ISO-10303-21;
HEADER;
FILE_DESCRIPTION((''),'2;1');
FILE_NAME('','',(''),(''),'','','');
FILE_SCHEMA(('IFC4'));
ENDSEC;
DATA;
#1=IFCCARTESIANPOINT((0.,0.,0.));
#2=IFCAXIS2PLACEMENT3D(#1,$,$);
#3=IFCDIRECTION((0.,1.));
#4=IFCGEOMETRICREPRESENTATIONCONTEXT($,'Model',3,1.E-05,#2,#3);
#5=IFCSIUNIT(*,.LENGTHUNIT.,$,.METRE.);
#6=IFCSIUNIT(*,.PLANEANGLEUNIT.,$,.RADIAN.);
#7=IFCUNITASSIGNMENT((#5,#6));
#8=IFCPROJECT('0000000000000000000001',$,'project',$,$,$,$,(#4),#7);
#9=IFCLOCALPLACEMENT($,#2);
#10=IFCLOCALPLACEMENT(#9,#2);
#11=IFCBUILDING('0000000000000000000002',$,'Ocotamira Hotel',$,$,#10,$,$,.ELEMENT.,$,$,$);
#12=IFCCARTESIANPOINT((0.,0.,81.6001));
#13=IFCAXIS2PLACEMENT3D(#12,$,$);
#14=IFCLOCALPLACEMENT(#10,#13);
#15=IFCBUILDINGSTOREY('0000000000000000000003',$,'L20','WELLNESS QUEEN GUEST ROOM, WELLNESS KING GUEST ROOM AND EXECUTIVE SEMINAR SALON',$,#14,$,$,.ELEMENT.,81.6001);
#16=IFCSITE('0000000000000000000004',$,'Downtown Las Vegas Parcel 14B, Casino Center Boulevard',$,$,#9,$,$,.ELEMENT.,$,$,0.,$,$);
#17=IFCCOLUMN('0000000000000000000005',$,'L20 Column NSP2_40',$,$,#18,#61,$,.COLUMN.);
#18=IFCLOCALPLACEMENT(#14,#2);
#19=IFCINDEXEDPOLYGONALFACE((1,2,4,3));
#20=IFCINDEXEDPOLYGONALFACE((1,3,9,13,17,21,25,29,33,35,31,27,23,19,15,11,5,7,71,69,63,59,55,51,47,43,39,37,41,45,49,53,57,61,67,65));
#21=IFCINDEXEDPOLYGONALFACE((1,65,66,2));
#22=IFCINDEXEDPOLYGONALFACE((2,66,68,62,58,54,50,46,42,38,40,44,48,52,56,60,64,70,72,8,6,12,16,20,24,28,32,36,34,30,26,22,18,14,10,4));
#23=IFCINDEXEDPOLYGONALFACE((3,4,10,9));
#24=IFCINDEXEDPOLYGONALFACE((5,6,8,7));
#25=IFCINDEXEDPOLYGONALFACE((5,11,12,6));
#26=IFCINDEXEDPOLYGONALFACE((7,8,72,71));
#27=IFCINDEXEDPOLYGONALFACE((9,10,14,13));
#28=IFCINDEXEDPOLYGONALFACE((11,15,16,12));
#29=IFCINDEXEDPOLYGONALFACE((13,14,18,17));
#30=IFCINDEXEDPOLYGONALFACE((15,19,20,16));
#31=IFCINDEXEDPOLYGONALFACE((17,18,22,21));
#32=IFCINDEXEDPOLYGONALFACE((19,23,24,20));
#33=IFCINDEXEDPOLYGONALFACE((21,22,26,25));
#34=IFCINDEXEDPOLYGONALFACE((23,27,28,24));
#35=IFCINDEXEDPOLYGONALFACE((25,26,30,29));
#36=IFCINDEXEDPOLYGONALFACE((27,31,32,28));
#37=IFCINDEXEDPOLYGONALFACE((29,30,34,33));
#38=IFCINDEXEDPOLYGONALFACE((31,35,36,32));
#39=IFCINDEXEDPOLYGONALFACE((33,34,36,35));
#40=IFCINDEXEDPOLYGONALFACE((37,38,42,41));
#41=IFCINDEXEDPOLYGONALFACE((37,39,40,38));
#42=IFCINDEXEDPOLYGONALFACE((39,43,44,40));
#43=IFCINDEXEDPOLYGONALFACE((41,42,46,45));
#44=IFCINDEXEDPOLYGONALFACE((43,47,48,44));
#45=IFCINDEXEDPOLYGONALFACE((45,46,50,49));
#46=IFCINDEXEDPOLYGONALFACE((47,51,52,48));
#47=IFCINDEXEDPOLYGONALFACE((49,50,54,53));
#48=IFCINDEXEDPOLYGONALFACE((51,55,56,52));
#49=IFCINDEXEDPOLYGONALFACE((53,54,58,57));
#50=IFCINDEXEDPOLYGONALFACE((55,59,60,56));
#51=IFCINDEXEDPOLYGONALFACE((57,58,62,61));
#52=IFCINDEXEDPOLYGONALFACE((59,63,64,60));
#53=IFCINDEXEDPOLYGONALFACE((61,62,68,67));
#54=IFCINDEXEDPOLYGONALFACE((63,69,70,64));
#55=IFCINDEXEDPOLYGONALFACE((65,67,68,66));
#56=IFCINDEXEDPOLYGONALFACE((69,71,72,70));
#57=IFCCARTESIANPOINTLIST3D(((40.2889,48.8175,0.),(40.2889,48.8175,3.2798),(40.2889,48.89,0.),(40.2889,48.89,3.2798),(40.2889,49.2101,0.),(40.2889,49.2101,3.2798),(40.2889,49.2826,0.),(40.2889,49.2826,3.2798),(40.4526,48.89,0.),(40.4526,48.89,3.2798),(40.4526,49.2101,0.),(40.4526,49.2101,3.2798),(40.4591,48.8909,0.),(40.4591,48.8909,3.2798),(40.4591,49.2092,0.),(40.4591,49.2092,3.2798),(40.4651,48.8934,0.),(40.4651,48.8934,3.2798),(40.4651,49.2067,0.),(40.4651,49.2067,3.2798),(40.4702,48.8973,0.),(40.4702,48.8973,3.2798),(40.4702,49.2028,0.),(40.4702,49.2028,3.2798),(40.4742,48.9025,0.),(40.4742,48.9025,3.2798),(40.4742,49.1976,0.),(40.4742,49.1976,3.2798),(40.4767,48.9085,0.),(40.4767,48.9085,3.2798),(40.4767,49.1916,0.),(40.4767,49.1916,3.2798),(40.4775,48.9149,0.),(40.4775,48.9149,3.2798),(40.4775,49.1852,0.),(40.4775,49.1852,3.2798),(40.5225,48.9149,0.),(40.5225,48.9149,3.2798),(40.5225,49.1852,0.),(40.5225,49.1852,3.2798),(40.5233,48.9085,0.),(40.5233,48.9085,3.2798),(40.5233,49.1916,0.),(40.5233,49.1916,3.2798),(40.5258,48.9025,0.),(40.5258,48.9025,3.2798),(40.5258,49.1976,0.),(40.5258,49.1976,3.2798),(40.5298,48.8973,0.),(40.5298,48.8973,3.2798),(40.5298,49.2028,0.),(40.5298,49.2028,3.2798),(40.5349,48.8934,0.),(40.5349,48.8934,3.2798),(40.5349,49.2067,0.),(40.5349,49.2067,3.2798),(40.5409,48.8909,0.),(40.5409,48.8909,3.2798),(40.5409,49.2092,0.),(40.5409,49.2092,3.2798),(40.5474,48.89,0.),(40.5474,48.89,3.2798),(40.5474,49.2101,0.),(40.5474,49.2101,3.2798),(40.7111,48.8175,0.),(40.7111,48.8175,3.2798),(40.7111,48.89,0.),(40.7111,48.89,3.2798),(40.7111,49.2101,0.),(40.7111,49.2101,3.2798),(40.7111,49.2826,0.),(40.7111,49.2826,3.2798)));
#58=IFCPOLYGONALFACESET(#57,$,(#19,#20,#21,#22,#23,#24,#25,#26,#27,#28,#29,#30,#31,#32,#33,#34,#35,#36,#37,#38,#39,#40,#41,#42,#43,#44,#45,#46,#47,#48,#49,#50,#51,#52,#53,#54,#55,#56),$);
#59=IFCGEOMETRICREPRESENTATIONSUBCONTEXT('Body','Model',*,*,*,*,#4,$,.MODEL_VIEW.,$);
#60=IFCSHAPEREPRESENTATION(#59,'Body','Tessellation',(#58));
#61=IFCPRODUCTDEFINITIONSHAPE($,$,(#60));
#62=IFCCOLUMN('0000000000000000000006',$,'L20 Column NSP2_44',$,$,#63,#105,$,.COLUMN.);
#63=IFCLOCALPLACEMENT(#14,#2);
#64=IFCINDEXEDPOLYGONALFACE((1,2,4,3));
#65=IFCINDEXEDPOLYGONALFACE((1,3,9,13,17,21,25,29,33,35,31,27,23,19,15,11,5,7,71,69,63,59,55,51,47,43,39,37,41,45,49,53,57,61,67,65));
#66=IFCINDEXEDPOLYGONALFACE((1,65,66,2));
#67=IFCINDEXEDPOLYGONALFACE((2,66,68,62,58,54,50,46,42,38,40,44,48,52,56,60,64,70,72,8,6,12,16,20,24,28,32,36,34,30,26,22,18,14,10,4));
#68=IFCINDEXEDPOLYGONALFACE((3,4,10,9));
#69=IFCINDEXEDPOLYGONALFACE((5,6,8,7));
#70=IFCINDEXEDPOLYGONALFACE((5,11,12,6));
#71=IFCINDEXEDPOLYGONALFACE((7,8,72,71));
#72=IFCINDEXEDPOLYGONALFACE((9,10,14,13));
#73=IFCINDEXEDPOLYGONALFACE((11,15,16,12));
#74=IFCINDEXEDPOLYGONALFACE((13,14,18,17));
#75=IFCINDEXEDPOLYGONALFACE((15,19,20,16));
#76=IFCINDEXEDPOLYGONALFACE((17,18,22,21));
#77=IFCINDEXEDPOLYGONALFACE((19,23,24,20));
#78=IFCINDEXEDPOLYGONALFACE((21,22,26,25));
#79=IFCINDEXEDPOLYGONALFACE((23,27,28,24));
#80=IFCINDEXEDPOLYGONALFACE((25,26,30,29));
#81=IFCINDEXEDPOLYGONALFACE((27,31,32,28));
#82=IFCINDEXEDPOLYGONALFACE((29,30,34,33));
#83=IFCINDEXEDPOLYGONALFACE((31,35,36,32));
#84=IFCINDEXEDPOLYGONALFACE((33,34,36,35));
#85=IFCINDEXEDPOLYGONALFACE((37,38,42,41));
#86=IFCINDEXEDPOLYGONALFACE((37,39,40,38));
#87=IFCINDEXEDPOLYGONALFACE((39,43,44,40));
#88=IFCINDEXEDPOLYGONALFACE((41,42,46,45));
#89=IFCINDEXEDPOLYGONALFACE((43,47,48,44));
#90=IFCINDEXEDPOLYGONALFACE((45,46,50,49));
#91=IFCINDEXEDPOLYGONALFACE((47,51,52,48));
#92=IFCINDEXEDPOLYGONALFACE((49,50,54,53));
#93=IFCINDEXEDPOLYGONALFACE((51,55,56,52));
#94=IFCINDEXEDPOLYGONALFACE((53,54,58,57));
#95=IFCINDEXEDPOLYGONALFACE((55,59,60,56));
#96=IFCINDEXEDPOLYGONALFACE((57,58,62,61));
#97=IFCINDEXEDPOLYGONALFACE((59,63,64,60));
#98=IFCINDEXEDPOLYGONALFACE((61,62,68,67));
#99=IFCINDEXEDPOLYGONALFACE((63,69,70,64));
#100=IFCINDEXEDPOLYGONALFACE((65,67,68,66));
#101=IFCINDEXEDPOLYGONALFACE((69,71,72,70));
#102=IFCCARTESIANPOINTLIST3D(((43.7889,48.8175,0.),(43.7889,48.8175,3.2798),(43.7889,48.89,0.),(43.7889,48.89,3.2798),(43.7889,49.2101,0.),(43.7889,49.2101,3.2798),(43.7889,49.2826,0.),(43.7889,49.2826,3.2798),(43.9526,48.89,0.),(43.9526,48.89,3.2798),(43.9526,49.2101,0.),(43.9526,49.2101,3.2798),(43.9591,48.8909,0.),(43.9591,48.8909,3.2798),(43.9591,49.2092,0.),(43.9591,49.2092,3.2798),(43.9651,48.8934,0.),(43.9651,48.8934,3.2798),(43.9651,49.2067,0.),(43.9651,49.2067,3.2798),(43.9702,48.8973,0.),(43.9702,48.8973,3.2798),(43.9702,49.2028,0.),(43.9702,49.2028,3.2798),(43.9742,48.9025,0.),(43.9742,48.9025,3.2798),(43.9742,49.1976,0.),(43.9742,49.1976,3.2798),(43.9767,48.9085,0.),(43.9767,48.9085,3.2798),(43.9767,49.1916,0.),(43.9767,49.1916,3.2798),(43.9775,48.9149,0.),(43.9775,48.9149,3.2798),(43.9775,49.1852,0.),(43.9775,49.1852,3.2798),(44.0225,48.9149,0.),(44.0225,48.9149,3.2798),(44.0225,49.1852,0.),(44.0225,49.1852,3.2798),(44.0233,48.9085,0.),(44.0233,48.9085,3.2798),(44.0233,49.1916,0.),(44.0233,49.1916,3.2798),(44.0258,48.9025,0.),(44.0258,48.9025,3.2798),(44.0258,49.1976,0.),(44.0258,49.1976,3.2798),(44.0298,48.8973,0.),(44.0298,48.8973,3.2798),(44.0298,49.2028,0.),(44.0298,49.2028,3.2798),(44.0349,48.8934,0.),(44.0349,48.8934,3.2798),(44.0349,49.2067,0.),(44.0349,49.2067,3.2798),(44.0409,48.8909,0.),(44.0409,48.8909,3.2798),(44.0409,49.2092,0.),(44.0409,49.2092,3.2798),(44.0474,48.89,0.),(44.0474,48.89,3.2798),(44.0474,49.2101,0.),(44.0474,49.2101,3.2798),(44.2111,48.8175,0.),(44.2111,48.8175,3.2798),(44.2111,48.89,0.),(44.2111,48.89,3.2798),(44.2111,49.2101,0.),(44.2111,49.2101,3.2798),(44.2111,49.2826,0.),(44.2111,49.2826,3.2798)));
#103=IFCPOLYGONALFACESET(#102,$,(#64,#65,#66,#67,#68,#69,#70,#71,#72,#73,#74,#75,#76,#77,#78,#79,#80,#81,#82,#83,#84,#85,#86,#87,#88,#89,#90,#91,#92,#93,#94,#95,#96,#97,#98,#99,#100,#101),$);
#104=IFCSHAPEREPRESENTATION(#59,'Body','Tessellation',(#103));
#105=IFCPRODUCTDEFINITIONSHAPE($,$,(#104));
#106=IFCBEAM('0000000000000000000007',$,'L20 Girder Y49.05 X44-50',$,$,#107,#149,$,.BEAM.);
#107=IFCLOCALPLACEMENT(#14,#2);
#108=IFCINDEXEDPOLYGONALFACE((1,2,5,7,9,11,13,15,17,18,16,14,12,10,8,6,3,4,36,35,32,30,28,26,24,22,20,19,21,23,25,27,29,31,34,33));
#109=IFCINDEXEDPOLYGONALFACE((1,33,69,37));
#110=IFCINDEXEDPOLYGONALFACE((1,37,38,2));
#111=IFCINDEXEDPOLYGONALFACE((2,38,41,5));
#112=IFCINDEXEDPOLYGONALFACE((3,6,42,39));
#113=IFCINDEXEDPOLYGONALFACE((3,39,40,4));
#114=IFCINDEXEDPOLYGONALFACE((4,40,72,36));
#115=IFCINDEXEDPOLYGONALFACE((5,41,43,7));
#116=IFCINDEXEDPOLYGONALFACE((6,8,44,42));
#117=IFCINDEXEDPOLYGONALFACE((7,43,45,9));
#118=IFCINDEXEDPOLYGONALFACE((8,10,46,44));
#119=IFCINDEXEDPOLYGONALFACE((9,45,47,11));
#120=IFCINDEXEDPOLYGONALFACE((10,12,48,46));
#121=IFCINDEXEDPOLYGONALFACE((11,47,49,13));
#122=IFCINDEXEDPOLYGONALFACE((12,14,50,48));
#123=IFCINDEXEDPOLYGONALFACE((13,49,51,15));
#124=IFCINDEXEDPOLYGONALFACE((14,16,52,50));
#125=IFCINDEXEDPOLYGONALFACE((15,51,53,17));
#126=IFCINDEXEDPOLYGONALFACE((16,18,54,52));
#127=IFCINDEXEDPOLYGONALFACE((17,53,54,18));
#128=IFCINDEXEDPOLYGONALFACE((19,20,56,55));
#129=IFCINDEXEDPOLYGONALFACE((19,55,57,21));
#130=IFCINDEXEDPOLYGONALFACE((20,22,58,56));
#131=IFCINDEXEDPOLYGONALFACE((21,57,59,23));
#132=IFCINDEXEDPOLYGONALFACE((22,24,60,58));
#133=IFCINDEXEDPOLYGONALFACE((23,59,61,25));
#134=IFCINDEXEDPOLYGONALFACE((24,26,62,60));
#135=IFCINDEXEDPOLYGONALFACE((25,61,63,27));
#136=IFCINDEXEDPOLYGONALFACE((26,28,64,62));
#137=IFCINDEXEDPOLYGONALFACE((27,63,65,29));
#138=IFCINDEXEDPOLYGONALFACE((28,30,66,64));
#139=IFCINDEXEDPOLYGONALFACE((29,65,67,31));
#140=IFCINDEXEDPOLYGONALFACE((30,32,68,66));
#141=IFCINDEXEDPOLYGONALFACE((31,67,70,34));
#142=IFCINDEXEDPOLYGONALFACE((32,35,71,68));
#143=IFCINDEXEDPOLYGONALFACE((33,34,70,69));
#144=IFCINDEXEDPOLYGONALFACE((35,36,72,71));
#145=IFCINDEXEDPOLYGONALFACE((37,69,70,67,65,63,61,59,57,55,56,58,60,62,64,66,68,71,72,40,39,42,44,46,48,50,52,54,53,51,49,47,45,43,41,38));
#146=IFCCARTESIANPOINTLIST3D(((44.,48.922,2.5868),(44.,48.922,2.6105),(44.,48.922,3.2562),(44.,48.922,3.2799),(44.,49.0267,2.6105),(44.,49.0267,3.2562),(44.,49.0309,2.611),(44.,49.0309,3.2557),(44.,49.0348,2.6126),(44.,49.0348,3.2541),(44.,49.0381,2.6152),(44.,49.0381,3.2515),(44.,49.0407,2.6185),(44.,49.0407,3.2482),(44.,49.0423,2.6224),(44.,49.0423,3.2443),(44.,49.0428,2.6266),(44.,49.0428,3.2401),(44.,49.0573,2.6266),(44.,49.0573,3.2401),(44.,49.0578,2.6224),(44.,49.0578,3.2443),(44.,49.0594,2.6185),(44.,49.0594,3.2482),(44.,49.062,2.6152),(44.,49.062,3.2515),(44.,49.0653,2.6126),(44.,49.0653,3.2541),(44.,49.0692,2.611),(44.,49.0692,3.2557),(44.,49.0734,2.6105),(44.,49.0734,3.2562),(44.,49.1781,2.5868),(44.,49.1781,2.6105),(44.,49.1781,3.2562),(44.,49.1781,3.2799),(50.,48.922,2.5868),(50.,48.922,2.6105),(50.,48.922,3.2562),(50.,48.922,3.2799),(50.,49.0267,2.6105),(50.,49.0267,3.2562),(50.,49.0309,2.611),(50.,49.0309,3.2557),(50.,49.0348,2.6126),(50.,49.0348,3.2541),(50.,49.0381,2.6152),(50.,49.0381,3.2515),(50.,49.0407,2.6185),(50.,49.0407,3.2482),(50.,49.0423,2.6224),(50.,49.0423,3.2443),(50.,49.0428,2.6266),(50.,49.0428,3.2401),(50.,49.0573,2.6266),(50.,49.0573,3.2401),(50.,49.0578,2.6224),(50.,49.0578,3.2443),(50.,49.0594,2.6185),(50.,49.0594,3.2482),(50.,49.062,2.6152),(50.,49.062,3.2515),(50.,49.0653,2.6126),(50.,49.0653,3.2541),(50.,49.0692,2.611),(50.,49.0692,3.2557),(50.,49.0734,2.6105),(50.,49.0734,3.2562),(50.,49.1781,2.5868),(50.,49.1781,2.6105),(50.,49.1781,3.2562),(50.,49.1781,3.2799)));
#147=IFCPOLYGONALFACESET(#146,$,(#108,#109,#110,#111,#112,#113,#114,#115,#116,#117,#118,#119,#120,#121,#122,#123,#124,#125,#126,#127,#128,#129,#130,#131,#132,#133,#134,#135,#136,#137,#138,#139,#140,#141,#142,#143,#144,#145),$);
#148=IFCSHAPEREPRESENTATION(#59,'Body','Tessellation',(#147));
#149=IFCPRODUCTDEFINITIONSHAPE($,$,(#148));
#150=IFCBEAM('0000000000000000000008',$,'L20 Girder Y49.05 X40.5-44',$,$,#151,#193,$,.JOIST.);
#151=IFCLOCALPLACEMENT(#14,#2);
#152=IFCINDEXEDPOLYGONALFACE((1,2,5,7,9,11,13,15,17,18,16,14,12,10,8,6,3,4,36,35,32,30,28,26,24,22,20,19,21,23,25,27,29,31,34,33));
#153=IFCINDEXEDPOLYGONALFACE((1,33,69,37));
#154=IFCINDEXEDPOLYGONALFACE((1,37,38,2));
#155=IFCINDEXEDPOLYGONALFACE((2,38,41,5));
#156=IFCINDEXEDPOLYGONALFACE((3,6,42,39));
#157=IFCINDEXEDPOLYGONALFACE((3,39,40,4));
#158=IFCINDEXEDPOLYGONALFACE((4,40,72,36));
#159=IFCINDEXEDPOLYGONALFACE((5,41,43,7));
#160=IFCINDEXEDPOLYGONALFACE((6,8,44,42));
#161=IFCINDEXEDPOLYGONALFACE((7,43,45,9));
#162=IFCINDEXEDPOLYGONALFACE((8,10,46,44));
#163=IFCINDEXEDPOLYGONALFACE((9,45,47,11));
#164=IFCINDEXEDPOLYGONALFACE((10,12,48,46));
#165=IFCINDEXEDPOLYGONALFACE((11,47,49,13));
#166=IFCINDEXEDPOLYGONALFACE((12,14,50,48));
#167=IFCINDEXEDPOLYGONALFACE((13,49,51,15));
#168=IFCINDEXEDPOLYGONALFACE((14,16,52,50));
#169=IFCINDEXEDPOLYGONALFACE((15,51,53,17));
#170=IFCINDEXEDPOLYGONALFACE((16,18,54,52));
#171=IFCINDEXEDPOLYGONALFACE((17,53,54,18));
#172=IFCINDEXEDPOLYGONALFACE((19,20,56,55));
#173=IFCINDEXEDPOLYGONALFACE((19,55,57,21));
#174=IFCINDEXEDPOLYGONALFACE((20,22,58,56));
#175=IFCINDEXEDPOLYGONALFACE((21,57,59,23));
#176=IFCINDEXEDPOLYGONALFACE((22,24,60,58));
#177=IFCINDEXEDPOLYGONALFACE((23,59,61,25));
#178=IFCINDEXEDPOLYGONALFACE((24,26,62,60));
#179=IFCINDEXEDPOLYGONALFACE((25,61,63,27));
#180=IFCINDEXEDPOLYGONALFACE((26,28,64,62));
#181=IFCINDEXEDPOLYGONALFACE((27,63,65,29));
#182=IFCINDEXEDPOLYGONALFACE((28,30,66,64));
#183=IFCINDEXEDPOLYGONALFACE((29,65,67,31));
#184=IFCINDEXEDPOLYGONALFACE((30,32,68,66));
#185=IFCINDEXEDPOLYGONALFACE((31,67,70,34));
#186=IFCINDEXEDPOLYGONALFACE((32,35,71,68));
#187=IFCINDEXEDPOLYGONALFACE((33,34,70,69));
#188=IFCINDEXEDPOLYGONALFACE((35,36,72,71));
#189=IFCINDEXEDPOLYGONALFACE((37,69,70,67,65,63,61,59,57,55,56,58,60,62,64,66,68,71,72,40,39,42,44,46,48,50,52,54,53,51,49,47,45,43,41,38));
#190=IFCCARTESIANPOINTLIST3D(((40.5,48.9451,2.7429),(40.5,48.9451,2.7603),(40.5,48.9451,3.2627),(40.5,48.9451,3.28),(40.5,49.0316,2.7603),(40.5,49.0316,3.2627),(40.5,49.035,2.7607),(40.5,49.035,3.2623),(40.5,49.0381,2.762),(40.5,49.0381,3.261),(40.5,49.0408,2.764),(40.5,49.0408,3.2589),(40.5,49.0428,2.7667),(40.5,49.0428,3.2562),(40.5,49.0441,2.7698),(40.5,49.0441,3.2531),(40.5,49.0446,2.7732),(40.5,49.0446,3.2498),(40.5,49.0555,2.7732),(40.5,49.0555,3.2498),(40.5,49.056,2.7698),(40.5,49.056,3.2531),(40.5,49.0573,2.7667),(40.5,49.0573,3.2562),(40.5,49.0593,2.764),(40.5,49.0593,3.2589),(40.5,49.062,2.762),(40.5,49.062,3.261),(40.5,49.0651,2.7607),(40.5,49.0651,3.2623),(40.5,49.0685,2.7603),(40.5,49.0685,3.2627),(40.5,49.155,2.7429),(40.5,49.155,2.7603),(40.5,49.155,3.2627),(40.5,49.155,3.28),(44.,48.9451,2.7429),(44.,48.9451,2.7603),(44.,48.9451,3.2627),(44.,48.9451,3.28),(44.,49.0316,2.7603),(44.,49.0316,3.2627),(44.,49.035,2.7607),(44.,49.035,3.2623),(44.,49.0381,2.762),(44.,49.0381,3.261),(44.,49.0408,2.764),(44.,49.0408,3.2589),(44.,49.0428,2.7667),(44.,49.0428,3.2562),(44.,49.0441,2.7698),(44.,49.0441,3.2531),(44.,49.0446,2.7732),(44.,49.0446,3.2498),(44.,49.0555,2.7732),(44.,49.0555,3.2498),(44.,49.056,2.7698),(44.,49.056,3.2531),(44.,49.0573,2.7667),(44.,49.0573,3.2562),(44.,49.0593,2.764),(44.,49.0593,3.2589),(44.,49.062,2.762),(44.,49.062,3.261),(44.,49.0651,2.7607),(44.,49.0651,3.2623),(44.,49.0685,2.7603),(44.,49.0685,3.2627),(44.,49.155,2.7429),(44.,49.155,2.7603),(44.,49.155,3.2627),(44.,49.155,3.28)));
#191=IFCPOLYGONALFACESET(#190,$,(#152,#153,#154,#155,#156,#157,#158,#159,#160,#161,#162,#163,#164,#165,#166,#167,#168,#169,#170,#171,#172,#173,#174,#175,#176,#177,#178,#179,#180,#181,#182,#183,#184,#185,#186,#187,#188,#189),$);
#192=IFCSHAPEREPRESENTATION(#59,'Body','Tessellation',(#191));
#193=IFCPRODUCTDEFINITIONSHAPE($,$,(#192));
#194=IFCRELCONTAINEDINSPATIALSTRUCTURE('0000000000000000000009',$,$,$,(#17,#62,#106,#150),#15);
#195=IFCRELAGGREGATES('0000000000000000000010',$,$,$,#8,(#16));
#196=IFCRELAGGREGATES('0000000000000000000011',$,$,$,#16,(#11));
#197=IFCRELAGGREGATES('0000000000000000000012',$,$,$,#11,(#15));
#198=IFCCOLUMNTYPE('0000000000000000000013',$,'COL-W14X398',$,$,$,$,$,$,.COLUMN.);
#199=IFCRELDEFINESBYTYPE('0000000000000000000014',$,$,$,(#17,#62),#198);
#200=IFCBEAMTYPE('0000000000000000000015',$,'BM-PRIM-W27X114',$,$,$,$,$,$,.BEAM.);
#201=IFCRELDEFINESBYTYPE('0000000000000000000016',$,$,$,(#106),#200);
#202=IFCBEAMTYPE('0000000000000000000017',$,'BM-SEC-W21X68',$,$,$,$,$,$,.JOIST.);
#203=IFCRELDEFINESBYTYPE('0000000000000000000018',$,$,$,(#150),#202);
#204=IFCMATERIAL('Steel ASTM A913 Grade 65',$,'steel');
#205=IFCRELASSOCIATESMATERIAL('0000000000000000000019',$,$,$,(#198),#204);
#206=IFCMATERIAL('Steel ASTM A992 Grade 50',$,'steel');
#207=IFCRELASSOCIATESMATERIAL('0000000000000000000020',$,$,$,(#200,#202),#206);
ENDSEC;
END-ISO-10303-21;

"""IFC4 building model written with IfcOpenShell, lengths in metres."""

from ifc_helpers import new_model, si_unit, direction, frame, origin, origin_2d, place, context, subcontext, project, spatial, i_section, extrude, source, transform, mapped, material, material_profile, profile_set, type_object, element, save


model = new_model("IFC4")

# Units and contexts
model_context = context("Model", 3, precision=1e-05, world=origin(), true_north=direction((0.0, 1.0)))
body_context = subcontext(model_context, "Body", "Model", "MODEL_VIEW")
ifc_project = project(units=[si_unit("LENGTHUNIT", "METRE"), si_unit("PLANEANGLEUNIT", "RADIAN")], contexts=[model_context])

# Site, building, storey
site_placement = place(None, origin())
site = spatial("IfcSite", under=ifc_project, at=site_placement, Name="Downtown Las Vegas Parcel 14B, Casino Center Boulevard", CompositionType="ELEMENT", RefElevation=0.0)
building_placement = place(site_placement, origin())
building = spatial("IfcBuilding", under=site, at=building_placement, Name="Ocotamira Hotel", CompositionType="ELEMENT")
storey_placement = place(building_placement, frame((0.0, 0.0, 81.6001)))
storey = spatial("IfcBuildingStorey", under=building, at=storey_placement, Name="L20", Description="WELLNESS QUEEN GUEST ROOM, WELLNESS KING GUEST ROOM AND EXECUTIVE SEMINAR SALON", CompositionType="ELEMENT", Elevation=81.6001)

# Columns
ifc_material_1 = material(Name="Steel ASTM A913 Grade 65", Category="steel")
ifc_material_profile_1 = material_profile(ifc_material_1, i_section(OverallWidth=0.4221, OverallDepth=0.4651, WebThickness=0.0449, FlangeThickness=0.0725, FilletRadius=0.0249, at=origin_2d()), Name="W14X398")
ifc_profile_set_1 = profile_set([ifc_material_profile_1], Name="Steel ASTM A913 Grade 65")
column_type = type_object("IfcColumnType", Name="COL-W14X398", PredefinedType="COLUMN", material=ifc_profile_set_1)
shared_shape_1 = source(origin(), body_context, "Body", "SweptSolid", [
    extrude(i_section(OverallWidth=0.4221, OverallDepth=0.4651, WebThickness=0.0449, FlangeThickness=0.0725, FilletRadius=0.0249, at=origin_2d()), origin(), (0.0, 0.0, 1.0), 3.2798),
])
for number, where, z_axis, x_axis, name in (
    (1, (40.5, 49.05, 0.0), (0.0, 0.0, 1.0), (1.0, 0.0, 0.0), "L20 Column NSP2_40"),
    (2, (44.0, 49.05, 0.0), (0.0, 0.0, 1.0), (1.0, 0.0, 0.0), "L20 Column NSP2_44"),
):
    element("IfcColumn", number, at=place(storey_placement, frame(where, z_axis=z_axis, x_axis=x_axis)), inside=storey, type_object=column_type, Name=name, PredefinedType="COLUMN", context=body_context, shape_type="MappedRepresentation", body=[
        mapped(shared_shape_1, transform((0.0, 0.0, 0.0), scale=1.0)),
    ])

# Beams
ifc_material_2 = material(Name="Steel ASTM A992 Grade 50", Category="steel")
ifc_material_profile_2 = material_profile(ifc_material_2, i_section(OverallWidth=0.2561, OverallDepth=0.6931, WebThickness=0.0144, FlangeThickness=0.0237, FilletRadius=0.0161, at=origin_2d()), Name="W27X114")
ifc_profile_set_2 = profile_set([ifc_material_profile_2], Name="Steel ASTM A992 Grade 50")
beam_type_1 = type_object("IfcBeamType", Name="BM-PRIM-W27X114", PredefinedType="BEAM", material=ifc_profile_set_2)
shared_shape_2 = source(origin(), body_context, "Body", "SweptSolid", [
    extrude(i_section(OverallWidth=0.2561, OverallDepth=0.6931, WebThickness=0.0144, FlangeThickness=0.0237, FilletRadius=0.0161, at=origin_2d()), origin(), (0.0, 0.0, 1.0), 6.0),
])
beam_1_placement = place(storey_placement, frame((44.0, 49.05, 2.9333), z_axis=(1.0, 0.0, 0.0), x_axis=(0.0, 1.0, 0.0)))
element("IfcBeam", 3, at=beam_1_placement, inside=storey, type_object=beam_type_1, Name="L20 Girder Y49.05 X44-50", PredefinedType="BEAM", context=body_context, shape_type="MappedRepresentation", body=[
    mapped(shared_shape_2, transform((0.0, 0.0, 0.0), scale=1.0)),
])
ifc_material_profile_3 = material_profile(ifc_material_2, i_section(OverallWidth=0.21, OverallDepth=0.5371, WebThickness=0.011, FlangeThickness=0.0173, FilletRadius=0.0129, at=origin_2d()), Name="W21X68")
ifc_profile_set_3 = profile_set([ifc_material_profile_3], Name="Steel ASTM A992 Grade 50")
beam_type_2 = type_object("IfcBeamType", Name="BM-SEC-W21X68", PredefinedType="JOIST", material=ifc_profile_set_3)
shared_shape_3 = source(origin(), body_context, "Body", "SweptSolid", [
    extrude(i_section(OverallWidth=0.21, OverallDepth=0.5371, WebThickness=0.011, FlangeThickness=0.0173, FilletRadius=0.0129, at=origin_2d()), origin(), (0.0, 0.0, 1.0), 3.5),
])
beam_2_placement = place(storey_placement, frame((40.5, 49.05, 3.0115), z_axis=(1.0, 0.0, 0.0), x_axis=(0.0, 1.0, 0.0)))
element("IfcBeam", 4, at=beam_2_placement, inside=storey, type_object=beam_type_2, Name="L20 Girder Y49.05 X40.5-44", PredefinedType="JOIST", context=body_context, shape_type="MappedRepresentation", body=[
    mapped(shared_shape_3, transform((0.0, 0.0, 0.0), scale=1.0)),
])

save(model, "model.ifc")
